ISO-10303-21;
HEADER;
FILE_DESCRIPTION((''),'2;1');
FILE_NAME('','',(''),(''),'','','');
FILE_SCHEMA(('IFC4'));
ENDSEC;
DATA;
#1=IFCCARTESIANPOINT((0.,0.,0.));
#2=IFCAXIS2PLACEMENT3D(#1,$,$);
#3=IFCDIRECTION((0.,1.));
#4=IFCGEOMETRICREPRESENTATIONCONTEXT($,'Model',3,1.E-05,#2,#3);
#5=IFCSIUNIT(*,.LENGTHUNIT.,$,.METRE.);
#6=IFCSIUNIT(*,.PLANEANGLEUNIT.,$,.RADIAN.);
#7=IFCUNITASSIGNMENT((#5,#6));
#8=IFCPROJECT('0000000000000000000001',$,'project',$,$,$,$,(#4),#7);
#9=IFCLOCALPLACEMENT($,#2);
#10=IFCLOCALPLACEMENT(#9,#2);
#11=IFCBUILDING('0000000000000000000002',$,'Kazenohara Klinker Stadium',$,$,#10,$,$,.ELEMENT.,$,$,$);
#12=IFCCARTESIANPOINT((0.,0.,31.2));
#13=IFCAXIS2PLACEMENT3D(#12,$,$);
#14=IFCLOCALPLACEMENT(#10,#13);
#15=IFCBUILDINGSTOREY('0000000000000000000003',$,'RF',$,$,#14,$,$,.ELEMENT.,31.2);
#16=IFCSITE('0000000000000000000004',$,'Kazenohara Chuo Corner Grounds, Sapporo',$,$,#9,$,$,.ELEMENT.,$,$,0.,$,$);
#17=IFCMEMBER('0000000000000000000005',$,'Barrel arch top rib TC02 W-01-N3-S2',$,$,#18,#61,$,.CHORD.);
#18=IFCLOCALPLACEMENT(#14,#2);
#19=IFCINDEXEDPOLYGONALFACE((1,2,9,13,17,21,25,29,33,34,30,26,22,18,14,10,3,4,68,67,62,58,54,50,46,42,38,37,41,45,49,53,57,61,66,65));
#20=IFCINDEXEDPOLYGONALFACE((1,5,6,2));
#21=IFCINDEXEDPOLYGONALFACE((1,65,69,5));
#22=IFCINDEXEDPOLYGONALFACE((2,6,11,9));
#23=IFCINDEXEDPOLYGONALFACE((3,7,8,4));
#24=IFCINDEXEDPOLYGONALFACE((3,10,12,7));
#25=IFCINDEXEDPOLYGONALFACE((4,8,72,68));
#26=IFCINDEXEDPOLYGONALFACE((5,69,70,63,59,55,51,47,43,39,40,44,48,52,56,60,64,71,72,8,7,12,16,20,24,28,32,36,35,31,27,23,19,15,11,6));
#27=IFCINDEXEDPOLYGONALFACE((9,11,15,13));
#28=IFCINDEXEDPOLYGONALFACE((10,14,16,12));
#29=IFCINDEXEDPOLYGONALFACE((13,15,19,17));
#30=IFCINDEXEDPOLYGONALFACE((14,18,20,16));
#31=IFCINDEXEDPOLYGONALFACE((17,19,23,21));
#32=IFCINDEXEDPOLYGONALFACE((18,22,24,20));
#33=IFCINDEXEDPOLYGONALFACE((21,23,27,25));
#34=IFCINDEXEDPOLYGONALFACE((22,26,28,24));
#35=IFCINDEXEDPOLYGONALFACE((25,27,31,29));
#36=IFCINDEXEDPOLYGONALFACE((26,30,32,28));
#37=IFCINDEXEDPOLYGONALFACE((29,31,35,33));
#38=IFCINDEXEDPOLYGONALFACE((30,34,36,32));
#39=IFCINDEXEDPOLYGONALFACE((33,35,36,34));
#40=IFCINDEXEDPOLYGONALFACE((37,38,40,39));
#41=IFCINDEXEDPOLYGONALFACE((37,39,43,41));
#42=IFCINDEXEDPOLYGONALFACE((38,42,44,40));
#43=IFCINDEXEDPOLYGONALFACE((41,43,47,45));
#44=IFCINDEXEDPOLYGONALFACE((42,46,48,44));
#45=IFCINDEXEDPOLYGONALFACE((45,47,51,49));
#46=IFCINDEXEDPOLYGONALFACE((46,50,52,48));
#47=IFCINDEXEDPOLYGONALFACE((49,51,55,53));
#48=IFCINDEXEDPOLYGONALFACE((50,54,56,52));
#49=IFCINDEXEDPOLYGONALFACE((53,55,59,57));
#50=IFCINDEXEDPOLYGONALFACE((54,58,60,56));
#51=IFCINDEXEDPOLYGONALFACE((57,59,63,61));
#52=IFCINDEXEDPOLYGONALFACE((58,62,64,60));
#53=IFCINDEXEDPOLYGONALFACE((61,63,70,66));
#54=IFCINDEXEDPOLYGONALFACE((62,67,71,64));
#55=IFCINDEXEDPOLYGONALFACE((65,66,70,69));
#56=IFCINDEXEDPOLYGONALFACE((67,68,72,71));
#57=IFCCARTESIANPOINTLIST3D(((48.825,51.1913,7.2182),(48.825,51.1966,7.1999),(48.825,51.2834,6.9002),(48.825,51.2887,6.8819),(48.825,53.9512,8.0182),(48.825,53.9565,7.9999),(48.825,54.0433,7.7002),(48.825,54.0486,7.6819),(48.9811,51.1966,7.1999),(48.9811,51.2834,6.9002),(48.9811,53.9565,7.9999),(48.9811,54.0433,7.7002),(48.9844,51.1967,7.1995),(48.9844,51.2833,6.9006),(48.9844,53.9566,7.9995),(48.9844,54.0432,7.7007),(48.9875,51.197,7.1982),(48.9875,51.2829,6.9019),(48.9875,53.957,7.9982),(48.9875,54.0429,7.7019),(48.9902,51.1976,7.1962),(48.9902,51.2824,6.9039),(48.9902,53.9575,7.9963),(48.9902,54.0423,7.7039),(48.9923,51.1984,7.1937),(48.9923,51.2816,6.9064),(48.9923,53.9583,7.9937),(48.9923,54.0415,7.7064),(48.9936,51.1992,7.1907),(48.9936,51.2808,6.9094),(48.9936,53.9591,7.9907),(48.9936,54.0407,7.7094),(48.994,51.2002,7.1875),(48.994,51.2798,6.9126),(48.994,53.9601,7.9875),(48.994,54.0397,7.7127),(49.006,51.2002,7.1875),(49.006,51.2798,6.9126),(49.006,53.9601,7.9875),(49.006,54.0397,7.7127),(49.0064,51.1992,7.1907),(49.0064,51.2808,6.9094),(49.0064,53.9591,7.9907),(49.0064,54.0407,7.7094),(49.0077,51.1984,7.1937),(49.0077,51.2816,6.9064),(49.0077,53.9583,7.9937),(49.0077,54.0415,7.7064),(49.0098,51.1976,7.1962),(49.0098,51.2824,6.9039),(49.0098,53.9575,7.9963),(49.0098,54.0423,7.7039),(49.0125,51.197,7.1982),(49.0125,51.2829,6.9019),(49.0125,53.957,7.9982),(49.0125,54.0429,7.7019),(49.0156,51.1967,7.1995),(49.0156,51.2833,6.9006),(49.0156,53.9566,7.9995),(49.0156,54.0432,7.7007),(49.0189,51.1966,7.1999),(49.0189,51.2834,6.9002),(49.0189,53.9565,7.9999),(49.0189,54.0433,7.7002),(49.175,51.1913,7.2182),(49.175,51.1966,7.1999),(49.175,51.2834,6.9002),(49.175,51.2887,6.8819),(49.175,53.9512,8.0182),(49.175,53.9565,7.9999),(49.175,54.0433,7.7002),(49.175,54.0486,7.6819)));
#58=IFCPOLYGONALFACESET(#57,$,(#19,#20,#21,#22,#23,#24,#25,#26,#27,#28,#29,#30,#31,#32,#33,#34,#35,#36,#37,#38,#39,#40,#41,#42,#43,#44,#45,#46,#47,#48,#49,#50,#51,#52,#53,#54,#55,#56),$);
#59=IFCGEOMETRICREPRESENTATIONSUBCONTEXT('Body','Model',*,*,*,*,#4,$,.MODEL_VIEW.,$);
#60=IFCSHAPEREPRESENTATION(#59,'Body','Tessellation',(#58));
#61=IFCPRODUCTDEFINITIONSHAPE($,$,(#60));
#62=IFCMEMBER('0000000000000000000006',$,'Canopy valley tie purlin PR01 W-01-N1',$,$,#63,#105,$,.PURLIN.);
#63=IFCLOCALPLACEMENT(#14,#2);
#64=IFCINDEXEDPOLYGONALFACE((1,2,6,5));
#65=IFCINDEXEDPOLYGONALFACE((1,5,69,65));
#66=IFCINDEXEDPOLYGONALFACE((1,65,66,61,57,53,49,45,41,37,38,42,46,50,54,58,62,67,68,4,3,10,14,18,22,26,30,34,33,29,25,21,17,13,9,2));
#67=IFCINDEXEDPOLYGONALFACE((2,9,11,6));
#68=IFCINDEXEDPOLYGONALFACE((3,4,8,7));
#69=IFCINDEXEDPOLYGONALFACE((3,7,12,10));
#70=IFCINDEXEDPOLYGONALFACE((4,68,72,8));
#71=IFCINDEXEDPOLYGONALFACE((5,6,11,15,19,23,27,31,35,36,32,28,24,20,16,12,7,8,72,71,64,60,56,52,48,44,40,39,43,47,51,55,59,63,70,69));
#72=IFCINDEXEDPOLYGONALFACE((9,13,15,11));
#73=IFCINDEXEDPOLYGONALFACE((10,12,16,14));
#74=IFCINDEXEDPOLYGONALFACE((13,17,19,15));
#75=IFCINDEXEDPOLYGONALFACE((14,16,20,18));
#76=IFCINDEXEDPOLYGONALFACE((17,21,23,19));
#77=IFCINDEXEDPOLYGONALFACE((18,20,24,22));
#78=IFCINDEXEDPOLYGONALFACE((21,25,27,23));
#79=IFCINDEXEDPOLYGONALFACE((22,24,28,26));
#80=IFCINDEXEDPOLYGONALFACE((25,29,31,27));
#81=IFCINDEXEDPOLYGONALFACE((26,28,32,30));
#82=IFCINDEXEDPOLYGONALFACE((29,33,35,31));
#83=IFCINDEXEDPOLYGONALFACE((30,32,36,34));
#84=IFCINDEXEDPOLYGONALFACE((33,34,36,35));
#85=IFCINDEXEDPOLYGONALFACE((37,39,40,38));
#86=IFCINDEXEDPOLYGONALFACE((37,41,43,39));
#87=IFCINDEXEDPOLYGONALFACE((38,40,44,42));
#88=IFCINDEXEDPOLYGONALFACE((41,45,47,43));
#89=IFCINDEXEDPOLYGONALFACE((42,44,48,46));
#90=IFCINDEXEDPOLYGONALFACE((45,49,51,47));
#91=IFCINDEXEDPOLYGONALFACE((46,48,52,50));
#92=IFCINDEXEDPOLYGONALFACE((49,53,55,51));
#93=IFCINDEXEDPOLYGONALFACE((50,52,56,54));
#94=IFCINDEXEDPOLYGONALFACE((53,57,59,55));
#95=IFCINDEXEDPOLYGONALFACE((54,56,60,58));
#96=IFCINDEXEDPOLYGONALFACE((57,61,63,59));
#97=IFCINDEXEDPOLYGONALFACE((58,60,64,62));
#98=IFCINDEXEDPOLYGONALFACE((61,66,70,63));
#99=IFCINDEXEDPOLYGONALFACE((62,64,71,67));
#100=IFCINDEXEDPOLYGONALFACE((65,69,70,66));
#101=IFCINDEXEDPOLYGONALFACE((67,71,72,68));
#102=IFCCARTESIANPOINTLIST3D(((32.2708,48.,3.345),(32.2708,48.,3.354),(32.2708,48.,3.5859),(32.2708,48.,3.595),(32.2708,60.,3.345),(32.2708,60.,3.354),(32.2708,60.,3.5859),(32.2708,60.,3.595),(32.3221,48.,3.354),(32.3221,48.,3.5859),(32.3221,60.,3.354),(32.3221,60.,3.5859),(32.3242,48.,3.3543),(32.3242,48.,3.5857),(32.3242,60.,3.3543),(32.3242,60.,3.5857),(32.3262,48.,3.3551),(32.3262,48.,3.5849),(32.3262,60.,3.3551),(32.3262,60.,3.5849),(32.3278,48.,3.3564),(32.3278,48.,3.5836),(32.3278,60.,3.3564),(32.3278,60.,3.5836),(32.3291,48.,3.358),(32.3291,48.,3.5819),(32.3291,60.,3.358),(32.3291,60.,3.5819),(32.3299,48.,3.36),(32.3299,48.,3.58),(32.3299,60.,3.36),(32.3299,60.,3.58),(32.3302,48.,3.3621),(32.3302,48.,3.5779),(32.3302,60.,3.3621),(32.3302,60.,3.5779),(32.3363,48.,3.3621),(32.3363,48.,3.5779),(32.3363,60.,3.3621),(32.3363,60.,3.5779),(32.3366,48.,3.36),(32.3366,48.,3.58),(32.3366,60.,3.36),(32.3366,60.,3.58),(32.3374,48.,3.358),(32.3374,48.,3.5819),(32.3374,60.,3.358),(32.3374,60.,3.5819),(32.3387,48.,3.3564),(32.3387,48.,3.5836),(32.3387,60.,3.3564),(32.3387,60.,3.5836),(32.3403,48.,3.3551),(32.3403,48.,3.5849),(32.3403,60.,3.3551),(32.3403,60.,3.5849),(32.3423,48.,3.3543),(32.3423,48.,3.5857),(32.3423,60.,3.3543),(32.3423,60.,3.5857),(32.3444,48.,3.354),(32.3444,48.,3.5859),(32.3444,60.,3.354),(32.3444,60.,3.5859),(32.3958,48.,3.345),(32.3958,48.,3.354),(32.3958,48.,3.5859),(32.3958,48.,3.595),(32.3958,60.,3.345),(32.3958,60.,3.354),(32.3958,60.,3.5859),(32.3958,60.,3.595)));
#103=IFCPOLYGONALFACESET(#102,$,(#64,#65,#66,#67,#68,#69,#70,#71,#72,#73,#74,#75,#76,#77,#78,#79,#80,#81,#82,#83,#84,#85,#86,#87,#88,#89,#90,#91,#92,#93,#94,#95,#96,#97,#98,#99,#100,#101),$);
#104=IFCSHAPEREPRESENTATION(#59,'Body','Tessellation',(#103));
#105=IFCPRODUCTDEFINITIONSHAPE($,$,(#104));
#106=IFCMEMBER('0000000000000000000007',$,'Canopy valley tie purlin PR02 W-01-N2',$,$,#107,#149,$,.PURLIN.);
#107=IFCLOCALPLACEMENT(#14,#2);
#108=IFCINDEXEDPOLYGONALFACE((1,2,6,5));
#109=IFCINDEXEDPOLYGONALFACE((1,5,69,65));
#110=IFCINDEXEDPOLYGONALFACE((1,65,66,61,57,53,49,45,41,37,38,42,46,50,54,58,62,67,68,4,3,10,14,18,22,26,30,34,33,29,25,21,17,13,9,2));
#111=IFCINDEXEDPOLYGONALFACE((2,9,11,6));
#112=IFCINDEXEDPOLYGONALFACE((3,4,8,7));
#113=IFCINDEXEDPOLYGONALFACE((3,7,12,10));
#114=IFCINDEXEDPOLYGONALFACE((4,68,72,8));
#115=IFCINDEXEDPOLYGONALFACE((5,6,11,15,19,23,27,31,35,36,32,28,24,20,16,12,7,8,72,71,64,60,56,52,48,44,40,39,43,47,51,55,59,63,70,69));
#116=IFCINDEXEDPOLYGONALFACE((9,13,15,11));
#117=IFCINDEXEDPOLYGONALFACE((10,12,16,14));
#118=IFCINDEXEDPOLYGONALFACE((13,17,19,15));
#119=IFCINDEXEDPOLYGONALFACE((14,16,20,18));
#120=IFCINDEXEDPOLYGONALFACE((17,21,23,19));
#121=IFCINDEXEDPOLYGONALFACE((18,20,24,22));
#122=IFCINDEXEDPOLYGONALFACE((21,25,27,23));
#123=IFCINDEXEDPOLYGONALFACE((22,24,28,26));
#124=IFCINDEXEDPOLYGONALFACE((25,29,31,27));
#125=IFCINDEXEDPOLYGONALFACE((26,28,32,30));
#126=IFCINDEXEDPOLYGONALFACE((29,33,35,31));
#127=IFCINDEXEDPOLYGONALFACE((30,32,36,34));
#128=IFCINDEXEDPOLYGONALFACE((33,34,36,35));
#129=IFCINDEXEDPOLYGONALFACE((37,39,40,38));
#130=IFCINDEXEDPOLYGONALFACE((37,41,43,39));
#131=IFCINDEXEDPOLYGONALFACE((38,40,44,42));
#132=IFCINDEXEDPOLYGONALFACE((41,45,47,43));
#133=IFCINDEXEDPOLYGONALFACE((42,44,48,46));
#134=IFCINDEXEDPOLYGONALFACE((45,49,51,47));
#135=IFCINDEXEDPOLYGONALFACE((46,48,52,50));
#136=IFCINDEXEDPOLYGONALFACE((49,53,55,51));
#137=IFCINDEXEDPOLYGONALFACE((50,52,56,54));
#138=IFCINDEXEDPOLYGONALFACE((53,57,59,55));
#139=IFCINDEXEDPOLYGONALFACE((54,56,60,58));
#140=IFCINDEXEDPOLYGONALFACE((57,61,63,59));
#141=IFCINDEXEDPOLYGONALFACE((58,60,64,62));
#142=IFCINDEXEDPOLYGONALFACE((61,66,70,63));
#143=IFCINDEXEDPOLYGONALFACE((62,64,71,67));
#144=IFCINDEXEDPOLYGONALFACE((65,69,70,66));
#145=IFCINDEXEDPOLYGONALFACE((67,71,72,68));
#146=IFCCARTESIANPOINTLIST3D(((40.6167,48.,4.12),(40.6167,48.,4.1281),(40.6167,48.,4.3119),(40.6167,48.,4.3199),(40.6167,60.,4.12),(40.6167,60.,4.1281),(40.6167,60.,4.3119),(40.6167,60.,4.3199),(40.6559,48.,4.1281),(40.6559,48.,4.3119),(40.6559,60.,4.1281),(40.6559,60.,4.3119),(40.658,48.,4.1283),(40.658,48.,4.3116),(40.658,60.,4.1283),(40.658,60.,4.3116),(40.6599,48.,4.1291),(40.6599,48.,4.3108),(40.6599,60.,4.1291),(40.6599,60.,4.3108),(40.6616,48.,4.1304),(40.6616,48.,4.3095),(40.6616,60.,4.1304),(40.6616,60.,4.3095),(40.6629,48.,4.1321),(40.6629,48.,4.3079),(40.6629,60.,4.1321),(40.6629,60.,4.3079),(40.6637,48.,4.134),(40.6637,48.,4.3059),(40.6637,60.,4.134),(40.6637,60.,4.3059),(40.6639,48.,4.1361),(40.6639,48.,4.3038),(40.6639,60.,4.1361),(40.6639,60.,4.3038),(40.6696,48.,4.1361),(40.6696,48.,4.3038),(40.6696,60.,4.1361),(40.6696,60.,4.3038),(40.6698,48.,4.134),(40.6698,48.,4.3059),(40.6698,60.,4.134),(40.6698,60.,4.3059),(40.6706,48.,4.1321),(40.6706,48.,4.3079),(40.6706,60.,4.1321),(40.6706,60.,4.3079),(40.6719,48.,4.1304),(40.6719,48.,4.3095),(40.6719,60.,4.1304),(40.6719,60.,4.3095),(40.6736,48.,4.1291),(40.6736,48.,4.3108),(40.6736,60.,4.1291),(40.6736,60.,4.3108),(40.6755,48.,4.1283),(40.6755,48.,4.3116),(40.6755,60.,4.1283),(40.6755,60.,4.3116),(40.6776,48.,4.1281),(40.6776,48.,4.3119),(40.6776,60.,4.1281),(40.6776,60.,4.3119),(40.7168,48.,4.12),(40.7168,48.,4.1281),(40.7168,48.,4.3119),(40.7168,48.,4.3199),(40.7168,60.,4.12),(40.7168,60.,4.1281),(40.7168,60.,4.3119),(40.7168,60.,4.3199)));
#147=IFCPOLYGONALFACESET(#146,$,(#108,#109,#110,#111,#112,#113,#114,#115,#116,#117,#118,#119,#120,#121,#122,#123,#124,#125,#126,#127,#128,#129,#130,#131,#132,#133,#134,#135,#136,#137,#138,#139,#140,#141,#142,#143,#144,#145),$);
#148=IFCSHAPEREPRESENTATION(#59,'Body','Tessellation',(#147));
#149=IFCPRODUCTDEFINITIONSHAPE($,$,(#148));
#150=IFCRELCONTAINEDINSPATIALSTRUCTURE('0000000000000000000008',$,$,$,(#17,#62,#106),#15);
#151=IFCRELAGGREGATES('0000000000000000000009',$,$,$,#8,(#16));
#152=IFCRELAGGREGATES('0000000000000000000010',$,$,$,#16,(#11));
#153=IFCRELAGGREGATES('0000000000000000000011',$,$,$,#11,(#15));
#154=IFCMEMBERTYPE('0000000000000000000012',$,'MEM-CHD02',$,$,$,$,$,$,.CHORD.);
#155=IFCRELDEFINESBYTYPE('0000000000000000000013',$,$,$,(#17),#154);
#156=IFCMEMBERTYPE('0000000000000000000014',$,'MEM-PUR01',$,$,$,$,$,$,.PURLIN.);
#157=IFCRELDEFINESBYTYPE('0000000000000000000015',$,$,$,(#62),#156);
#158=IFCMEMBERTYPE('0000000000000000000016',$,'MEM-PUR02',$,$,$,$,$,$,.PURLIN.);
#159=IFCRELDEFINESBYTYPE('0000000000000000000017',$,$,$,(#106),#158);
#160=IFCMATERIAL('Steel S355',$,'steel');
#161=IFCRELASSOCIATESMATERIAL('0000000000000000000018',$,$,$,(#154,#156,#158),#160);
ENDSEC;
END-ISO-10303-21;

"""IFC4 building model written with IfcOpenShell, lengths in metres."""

from ifc_helpers import new_model, si_unit, direction, frame, origin, origin_2d, place, context, subcontext, project, spatial, i_section, extrude, material, material_profile, profile_set, type_object, element, save


model = new_model("IFC4")

# Units and contexts
model_context = context("Model", 3, precision=1e-05, world=origin(), true_north=direction((0.0, 1.0)))
body_context = subcontext(model_context, "Body", "Model", "MODEL_VIEW")
ifc_project = project(units=[si_unit("LENGTHUNIT", "METRE"), si_unit("PLANEANGLEUNIT", "RADIAN")], contexts=[model_context])

# Site, building, storey
site_placement = place(None, origin())
site = spatial("IfcSite", under=ifc_project, at=site_placement, Name="Kazenohara Chuo Corner Grounds, Sapporo", CompositionType="ELEMENT", RefElevation=0.0)
building_placement = place(site_placement, origin())
building = spatial("IfcBuilding", under=site, at=building_placement, Name="Kazenohara Klinker Stadium", CompositionType="ELEMENT")
storey_placement = place(building_placement, frame((0.0, 0.0, 31.2)))
storey = spatial("IfcBuildingStorey", under=building, at=storey_placement, Name="RF", CompositionType="ELEMENT", Elevation=31.2)

# Members
ifc_material_1 = material(Name="Steel S355", Category="steel")
ifc_material_profile_1 = material_profile(ifc_material_1, i_section(OverallWidth=0.3501, OverallDepth=0.3501, WebThickness=0.012, FlangeThickness=0.019, FilletRadius=0.0129, at=origin_2d()), Name="H-350x350x12x19")
ifc_profile_set_1 = profile_set([ifc_material_profile_1], Name="Steel S355")
member_type_1 = type_object("IfcMemberType", Name="MEM-CHD02", PredefinedType="CHORD", material=ifc_profile_set_1)
member_1_placement = place(storey_placement, frame((49.0, 51.24, 7.05), z_axis=(0.0, 0.960462, 0.278411), x_axis=(-1.0, 0.0, 0.0)))
element("IfcMember", 1, at=member_1_placement, inside=storey, type_object=member_type_1, Name="Barrel arch top rib TC02 W-01-N3-S2", PredefinedType="CHORD", context=body_context, shape_type="SweptSolid", body=[
    extrude(i_section(OverallWidth=0.3501, OverallDepth=0.3501, WebThickness=0.012, FlangeThickness=0.019, FilletRadius=0.0129, at=origin_2d()), origin(), (0.0, 0.0, 1.0), 2.8735),
])
ifc_material_profile_2 = material_profile(ifc_material_1, i_section(OverallWidth=0.125, OverallDepth=0.25, WebThickness=0.0061, FlangeThickness=0.009, FilletRadius=0.0081, at=origin_2d()), Name="H-250x125x6x9")
ifc_profile_set_2 = profile_set([ifc_material_profile_2], Name="Steel S355")
member_type_2 = type_object("IfcMemberType", Name="MEM-PUR01", PredefinedType="PURLIN", material=ifc_profile_set_2)
member_2_placement = place(storey_placement, frame((32.3333, 48.0, 3.47), z_axis=(0.0, 1.0, 0.0), x_axis=(-1.0, 0.0, 0.0)))
element("IfcMember", 2, at=member_2_placement, inside=storey, type_object=member_type_2, Name="Canopy valley tie purlin PR01 W-01-N1", PredefinedType="PURLIN", context=body_context, shape_type="SweptSolid", body=[
    extrude(i_section(OverallWidth=0.125, OverallDepth=0.25, WebThickness=0.0061, FlangeThickness=0.009, FilletRadius=0.0081, at=origin_2d()), origin(), (0.0, 0.0, 1.0), 12.0),
])
ifc_material_profile_3 = material_profile(ifc_material_1, i_section(OverallWidth=0.1001, OverallDepth=0.2, WebThickness=0.0056, FlangeThickness=0.0081, FilletRadius=0.0081, at=origin_2d()), Name="H-200x100x5.5x8")
ifc_profile_set_3 = profile_set([ifc_material_profile_3], Name="Steel S355")
member_type_3 = type_object("IfcMemberType", Name="MEM-PUR02", PredefinedType="PURLIN", material=ifc_profile_set_3)
member_3_placement = place(storey_placement, frame((40.6667, 48.0, 4.22), z_axis=(0.0, 1.0, 0.0), x_axis=(-1.0, 0.0, 0.0)))
element("IfcMember", 3, at=member_3_placement, inside=storey, type_object=member_type_3, Name="Canopy valley tie purlin PR02 W-01-N2", PredefinedType="PURLIN", context=body_context, shape_type="SweptSolid", body=[
    extrude(i_section(OverallWidth=0.1001, OverallDepth=0.2, WebThickness=0.0056, FlangeThickness=0.0081, FilletRadius=0.0081, at=origin_2d()), origin(), (0.0, 0.0, 1.0), 12.0),
])

save(model, "model.ifc")
